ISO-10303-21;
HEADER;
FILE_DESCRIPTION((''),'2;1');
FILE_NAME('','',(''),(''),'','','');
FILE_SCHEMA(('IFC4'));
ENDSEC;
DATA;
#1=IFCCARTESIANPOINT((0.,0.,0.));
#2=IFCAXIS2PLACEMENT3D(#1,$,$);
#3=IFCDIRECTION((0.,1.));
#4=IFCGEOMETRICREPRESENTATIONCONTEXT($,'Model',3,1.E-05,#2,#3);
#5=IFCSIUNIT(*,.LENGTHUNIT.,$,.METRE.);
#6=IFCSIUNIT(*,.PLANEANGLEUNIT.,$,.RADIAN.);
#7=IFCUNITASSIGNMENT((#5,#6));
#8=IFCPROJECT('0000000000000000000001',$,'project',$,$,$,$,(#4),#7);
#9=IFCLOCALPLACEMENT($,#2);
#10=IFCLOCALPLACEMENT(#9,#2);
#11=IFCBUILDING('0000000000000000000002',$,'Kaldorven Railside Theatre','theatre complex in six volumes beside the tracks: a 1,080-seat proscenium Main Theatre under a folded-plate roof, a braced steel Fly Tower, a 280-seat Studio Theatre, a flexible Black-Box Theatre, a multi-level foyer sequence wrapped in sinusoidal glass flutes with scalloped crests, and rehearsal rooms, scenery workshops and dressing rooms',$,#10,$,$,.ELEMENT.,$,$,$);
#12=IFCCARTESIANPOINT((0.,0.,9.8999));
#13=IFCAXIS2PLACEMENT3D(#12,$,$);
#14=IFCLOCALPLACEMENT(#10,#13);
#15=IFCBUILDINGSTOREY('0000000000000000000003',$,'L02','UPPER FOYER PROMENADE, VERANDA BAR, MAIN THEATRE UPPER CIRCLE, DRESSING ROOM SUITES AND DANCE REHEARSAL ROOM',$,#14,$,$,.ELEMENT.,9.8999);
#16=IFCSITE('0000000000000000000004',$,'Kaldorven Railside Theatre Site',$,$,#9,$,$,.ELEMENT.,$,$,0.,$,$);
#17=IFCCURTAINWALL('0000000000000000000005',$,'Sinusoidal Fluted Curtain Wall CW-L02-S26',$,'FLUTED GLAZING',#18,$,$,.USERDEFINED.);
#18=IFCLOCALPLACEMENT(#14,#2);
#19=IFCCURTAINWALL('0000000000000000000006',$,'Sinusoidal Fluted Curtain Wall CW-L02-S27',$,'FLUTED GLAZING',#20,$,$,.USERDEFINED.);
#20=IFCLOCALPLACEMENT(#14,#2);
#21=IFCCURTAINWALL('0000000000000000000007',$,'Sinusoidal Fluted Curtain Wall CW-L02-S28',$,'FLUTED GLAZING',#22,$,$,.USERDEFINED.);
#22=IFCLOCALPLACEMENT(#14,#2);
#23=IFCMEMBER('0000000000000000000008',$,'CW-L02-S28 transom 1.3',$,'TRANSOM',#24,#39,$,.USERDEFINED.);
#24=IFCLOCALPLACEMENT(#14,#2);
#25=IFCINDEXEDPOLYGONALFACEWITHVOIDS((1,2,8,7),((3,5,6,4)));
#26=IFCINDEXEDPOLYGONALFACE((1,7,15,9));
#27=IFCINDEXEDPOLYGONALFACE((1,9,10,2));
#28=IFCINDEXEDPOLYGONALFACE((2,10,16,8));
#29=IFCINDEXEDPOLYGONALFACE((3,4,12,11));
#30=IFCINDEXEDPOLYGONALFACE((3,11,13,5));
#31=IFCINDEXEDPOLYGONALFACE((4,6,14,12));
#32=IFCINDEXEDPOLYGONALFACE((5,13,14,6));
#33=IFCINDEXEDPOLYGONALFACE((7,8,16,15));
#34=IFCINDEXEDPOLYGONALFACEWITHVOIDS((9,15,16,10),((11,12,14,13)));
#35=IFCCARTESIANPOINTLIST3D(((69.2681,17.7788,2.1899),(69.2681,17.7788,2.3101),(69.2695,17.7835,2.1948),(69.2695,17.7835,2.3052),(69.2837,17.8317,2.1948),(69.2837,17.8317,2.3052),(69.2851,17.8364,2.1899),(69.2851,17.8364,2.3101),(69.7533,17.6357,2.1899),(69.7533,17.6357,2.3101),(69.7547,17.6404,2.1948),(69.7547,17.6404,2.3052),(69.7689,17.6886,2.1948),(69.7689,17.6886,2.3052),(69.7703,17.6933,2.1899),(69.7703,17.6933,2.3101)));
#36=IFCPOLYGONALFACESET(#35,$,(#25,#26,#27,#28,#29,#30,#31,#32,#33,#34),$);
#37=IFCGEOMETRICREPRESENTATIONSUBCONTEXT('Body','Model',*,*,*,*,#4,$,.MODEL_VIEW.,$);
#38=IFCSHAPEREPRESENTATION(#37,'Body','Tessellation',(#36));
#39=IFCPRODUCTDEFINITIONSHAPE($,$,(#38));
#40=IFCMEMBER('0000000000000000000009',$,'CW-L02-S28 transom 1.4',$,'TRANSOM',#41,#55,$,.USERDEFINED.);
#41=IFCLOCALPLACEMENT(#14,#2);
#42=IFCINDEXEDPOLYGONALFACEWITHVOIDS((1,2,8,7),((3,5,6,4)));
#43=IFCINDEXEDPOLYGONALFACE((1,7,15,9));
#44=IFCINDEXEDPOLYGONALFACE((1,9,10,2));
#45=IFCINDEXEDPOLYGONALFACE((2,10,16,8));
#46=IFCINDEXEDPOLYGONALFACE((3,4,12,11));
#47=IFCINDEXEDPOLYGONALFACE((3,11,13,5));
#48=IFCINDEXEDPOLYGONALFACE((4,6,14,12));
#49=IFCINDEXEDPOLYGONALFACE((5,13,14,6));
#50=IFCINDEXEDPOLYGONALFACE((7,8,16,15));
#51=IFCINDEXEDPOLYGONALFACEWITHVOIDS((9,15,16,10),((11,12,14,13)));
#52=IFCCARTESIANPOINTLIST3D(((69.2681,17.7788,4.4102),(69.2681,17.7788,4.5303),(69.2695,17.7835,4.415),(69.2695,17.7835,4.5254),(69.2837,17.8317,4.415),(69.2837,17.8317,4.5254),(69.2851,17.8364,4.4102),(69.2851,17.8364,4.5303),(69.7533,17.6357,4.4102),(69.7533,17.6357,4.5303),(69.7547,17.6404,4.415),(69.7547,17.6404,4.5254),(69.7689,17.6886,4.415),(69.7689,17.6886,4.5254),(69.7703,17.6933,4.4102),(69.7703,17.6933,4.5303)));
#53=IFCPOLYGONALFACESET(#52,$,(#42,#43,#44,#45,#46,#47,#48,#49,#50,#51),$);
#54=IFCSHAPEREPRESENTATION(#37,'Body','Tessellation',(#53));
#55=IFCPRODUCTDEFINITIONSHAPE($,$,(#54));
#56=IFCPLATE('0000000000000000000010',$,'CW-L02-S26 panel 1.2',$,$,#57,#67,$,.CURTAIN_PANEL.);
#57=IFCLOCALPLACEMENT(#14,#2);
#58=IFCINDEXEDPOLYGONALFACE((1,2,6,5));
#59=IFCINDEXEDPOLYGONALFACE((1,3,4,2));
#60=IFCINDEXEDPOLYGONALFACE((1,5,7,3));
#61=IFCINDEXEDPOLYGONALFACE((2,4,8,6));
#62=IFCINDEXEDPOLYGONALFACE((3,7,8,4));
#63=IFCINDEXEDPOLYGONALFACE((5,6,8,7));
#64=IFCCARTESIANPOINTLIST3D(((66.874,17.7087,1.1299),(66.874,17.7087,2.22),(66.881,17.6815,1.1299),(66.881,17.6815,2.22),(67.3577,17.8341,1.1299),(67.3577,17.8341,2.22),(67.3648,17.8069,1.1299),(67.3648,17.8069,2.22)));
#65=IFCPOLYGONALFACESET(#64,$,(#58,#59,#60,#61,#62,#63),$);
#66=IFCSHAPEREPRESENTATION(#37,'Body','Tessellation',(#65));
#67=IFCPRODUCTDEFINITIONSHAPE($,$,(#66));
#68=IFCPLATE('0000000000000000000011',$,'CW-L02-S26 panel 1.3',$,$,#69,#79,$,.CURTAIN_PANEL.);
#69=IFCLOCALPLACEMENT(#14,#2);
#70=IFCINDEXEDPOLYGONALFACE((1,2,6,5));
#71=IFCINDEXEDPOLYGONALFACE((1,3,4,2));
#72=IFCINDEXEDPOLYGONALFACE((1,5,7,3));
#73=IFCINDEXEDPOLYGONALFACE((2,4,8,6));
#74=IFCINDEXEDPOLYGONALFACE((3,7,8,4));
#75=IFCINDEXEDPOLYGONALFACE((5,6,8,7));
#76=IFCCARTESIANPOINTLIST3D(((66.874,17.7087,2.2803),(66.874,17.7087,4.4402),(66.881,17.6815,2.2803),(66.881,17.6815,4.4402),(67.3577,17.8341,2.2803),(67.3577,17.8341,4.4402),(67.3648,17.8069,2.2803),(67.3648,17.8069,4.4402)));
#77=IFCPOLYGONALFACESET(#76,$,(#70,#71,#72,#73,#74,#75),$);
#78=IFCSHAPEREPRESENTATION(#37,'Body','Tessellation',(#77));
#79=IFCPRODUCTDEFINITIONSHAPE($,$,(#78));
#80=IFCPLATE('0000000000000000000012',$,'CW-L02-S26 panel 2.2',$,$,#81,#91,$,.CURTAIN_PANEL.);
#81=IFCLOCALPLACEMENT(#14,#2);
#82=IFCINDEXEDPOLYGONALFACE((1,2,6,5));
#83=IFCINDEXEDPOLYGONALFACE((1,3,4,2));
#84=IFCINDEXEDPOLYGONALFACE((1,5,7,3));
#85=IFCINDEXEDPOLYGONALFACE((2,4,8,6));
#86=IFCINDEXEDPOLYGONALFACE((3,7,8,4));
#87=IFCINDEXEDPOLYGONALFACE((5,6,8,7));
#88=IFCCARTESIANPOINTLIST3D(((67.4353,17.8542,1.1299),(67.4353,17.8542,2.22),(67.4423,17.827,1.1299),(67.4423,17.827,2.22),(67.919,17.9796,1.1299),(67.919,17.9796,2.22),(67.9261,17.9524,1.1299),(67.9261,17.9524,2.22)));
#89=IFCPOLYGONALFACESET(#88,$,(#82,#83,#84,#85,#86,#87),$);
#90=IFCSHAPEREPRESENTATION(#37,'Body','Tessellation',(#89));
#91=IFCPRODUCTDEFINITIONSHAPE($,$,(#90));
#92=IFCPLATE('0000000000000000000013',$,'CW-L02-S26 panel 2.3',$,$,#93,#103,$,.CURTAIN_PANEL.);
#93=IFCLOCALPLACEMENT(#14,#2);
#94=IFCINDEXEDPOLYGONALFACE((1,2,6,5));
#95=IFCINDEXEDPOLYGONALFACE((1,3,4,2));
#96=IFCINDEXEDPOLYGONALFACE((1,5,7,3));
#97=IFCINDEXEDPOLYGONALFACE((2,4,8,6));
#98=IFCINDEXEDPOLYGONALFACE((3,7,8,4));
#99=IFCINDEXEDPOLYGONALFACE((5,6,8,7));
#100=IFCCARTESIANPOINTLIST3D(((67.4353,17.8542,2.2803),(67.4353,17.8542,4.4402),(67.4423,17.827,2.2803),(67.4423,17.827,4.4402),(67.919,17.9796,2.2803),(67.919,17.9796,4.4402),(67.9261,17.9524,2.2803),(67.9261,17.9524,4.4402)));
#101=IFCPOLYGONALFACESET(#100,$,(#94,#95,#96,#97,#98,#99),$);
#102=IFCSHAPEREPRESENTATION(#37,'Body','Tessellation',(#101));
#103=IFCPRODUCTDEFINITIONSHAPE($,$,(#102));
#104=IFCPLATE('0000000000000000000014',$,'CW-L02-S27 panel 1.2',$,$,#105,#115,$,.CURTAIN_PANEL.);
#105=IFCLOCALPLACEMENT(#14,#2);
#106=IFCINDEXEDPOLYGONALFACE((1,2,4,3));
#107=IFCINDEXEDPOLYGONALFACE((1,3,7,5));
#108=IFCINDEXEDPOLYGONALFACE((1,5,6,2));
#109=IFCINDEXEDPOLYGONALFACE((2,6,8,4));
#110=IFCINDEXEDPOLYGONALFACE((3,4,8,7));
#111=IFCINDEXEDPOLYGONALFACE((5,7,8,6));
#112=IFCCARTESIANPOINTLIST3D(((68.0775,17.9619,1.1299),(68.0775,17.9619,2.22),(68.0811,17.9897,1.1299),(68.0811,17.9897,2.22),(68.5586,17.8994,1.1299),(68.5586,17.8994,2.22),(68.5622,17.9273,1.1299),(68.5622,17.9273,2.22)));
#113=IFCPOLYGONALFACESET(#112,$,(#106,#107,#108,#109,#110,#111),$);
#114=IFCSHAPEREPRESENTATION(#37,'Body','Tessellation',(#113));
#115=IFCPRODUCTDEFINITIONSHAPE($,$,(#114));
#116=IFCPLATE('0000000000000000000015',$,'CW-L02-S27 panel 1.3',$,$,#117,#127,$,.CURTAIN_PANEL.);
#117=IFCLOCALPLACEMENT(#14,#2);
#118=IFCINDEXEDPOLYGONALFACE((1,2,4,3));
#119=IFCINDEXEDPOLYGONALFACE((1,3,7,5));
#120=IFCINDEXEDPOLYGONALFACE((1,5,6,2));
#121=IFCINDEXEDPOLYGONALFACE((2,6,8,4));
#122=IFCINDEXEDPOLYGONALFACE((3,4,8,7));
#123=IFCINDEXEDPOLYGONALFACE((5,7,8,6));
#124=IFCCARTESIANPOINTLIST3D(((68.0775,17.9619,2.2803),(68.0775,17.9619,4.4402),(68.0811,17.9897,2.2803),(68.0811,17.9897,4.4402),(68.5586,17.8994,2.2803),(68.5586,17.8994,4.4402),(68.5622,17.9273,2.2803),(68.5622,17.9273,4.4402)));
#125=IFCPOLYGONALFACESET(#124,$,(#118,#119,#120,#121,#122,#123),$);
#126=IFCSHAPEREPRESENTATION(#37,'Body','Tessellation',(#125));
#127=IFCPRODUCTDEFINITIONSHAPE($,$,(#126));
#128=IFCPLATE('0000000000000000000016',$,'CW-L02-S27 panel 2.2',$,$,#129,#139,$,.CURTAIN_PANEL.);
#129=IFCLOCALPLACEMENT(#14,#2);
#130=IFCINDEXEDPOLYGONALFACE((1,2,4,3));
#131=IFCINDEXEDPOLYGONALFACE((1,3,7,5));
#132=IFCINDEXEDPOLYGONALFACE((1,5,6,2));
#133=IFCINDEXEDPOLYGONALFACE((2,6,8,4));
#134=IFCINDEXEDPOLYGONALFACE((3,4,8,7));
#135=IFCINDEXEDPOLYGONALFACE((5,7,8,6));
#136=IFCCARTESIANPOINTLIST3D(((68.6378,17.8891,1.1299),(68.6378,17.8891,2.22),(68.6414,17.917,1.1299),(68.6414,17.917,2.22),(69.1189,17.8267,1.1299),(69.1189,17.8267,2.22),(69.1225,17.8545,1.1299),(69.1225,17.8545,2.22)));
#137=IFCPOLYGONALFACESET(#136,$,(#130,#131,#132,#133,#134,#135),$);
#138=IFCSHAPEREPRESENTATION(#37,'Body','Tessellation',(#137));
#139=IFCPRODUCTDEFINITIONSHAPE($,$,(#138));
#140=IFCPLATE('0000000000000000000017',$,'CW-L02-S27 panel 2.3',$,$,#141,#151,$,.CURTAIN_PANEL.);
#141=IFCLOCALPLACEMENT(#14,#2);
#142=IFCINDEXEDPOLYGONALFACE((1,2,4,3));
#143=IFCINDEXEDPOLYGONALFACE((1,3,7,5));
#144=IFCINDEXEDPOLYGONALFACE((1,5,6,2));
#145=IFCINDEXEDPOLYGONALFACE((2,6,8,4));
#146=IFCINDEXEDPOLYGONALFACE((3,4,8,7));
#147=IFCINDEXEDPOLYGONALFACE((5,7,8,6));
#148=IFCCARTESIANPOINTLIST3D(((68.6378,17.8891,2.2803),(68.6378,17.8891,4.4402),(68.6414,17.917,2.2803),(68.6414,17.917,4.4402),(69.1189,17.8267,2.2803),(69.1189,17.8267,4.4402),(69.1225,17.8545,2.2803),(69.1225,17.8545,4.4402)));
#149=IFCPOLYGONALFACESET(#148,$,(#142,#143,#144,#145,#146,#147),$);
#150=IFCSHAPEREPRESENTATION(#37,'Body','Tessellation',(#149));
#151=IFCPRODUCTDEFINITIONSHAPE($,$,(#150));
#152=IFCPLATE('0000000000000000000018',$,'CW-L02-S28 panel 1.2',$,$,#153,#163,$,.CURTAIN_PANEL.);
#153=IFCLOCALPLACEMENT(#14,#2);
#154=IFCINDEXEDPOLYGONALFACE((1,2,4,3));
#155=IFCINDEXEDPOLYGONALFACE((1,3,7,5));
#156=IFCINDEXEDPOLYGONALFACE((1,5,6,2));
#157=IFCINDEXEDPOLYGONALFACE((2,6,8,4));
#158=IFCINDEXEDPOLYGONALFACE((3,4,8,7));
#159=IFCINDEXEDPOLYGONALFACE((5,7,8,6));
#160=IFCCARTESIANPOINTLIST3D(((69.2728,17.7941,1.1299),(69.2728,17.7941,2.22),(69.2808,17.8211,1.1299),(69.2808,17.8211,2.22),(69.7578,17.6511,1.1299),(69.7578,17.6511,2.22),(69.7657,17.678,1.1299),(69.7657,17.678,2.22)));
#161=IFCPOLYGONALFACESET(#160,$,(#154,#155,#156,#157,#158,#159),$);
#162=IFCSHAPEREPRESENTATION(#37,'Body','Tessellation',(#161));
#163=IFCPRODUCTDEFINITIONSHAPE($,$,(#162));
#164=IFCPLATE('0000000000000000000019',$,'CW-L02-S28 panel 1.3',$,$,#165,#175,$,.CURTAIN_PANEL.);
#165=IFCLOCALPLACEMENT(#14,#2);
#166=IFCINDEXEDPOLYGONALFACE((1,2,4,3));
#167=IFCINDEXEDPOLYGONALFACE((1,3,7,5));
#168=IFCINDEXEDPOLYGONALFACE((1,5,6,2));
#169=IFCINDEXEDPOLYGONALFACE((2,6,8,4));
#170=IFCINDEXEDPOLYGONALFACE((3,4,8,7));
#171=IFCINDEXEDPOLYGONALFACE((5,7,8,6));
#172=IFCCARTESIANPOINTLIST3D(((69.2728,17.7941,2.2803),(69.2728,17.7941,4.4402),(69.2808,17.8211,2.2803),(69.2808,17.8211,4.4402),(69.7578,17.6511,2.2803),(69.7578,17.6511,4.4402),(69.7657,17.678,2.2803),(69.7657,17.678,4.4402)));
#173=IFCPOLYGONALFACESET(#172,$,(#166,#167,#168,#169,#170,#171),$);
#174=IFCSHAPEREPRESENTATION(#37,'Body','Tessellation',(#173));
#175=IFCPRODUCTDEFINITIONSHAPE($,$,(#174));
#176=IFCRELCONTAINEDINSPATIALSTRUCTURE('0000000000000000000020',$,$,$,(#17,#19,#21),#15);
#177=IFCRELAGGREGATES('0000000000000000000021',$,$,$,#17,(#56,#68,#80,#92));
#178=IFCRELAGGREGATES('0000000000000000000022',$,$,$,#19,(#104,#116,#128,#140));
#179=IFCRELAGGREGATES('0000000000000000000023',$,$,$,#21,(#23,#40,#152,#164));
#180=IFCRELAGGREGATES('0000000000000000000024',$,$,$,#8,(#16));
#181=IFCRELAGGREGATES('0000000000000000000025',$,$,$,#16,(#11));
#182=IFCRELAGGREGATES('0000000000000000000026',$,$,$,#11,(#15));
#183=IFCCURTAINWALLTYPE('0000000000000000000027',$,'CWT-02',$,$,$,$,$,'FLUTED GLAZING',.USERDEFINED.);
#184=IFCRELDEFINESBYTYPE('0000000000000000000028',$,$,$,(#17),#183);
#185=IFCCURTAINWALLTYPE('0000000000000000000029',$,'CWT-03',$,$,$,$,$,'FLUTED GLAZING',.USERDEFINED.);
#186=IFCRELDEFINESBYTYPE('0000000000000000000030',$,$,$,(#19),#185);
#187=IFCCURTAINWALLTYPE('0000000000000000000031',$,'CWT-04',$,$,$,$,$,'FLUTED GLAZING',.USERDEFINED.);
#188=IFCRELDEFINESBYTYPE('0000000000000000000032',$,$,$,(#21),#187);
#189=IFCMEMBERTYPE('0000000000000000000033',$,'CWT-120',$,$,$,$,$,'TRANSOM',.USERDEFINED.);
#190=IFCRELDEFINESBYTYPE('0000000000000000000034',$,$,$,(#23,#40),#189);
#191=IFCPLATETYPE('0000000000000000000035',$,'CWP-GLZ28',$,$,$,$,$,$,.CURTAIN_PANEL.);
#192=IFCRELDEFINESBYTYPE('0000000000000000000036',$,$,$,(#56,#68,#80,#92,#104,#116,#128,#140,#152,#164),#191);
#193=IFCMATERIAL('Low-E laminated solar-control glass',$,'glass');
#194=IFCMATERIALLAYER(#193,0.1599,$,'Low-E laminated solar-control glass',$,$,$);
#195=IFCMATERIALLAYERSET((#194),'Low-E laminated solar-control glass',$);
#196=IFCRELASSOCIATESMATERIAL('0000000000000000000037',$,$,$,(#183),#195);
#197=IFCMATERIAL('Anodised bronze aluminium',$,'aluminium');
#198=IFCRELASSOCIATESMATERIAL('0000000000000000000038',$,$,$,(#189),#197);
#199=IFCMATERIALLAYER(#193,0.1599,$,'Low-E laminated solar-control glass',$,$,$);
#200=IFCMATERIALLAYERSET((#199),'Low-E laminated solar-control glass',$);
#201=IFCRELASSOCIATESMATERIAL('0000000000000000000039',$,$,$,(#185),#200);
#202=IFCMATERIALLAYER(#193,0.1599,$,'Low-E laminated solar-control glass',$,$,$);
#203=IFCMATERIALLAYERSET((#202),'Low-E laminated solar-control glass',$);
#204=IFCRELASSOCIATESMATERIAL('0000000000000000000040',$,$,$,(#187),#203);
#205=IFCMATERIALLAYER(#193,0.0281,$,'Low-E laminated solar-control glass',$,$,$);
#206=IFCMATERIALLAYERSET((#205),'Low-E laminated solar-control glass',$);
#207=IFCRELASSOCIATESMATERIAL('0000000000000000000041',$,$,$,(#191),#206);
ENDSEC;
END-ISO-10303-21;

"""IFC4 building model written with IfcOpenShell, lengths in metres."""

from ifc_helpers import new_model, si_unit, direction, frame, origin, origin_2d, place, context, subcontext, project, spatial, rectangle, hollow_rectangle, extrude, material, layer, layer_set, material_profile, profile_set, type_object, element, aggregate, save


model = new_model("IFC4")

# Units and contexts
model_context = context("Model", 3, precision=1e-05, world=origin(), true_north=direction((0.0, 1.0)))
body_context = subcontext(model_context, "Body", "Model", "MODEL_VIEW")
ifc_project = project(units=[si_unit("LENGTHUNIT", "METRE"), si_unit("PLANEANGLEUNIT", "RADIAN")], contexts=[model_context])

# Site, building, storey
site_placement = place(None, origin())
site = spatial("IfcSite", under=ifc_project, at=site_placement, Name="Kaldorven Railside Theatre Site", CompositionType="ELEMENT", RefElevation=0.0)
building_placement = place(site_placement, origin())
building = spatial("IfcBuilding", under=site, at=building_placement, Name="Kaldorven Railside Theatre", Description="theatre complex in six volumes beside the tracks: a 1,080-seat proscenium Main Theatre under a folded-plate roof, a braced steel Fly Tower, a 280-seat Studio Theatre, a flexible Black-Box Theatre, a multi-level foyer sequence wrapped in sinusoidal glass flutes with scalloped crests, and rehearsal rooms, scenery workshops and dressing rooms", CompositionType="ELEMENT")
storey_placement = place(building_placement, frame((0.0, 0.0, 9.8999)))
storey = spatial("IfcBuildingStorey", under=building, at=storey_placement, Name="L02", Description="UPPER FOYER PROMENADE, VERANDA BAR, MAIN THEATRE UPPER CIRCLE, DRESSING ROOM SUITES AND DANCE REHEARSAL ROOM", CompositionType="ELEMENT", Elevation=9.8999)

# Curtain walls, members
ifc_material_1 = material(Name="Low-E laminated solar-control glass", Category="glass")
ifc_layer_1 = layer(ifc_material_1, 0.1599, Name="Low-E laminated solar-control glass")
ifc_layer_set_1 = layer_set([ifc_layer_1], Name="Low-E laminated solar-control glass")
curtain_wall_type_1 = type_object("IfcCurtainWallType", Name="CWT-02", ElementType="FLUTED GLAZING", PredefinedType="USERDEFINED", material=ifc_layer_set_1)
curtain_wall_1_placement = place(storey_placement, origin())
curtain_wall_1 = element("IfcCurtainWall", 1, at=curtain_wall_1_placement, inside=storey, type_object=curtain_wall_type_1, Name="Sinusoidal Fluted Curtain Wall CW-L02-S26", ObjectType="FLUTED GLAZING", PredefinedType="USERDEFINED")
ifc_material_2 = material(Name="Anodised bronze aluminium", Category="aluminium")
ifc_material_profile = material_profile(ifc_material_2, hollow_rectangle(XDim=0.0601, YDim=0.1201, WallThickness=0.0049, at=origin_2d()), Name="RHS 120x60x5")
ifc_profile_set = profile_set([ifc_material_profile], Name="Anodised bronze aluminium")
member_type = type_object("IfcMemberType", Name="CWT-120", ElementType="TRANSOM", PredefinedType="USERDEFINED", material=ifc_profile_set)
ifc_layer_2 = layer(ifc_material_1, 0.1599, Name="Low-E laminated solar-control glass")
ifc_layer_set_2 = layer_set([ifc_layer_2], Name="Low-E laminated solar-control glass")
curtain_wall_type_2 = type_object("IfcCurtainWallType", Name="CWT-03", ElementType="FLUTED GLAZING", PredefinedType="USERDEFINED", material=ifc_layer_set_2)
curtain_wall_2_placement = place(storey_placement, origin())
curtain_wall_2 = element("IfcCurtainWall", 2, at=curtain_wall_2_placement, inside=storey, type_object=curtain_wall_type_2, Name="Sinusoidal Fluted Curtain Wall CW-L02-S27", ObjectType="FLUTED GLAZING", PredefinedType="USERDEFINED")
ifc_layer_3 = layer(ifc_material_1, 0.1599, Name="Low-E laminated solar-control glass")
ifc_layer_set_3 = layer_set([ifc_layer_3], Name="Low-E laminated solar-control glass")
curtain_wall_type_3 = type_object("IfcCurtainWallType", Name="CWT-04", ElementType="FLUTED GLAZING", PredefinedType="USERDEFINED", material=ifc_layer_set_3)
curtain_wall_3_placement = place(storey_placement, origin())
curtain_wall_3 = element("IfcCurtainWall", 3, at=curtain_wall_3_placement, inside=storey, type_object=curtain_wall_type_3, Name="Sinusoidal Fluted Curtain Wall CW-L02-S28", ObjectType="FLUTED GLAZING", PredefinedType="USERDEFINED")
member_1_placement = place(storey_placement, frame((69.2766, 17.8076, 2.25), z_axis=(0.959158, -0.282872, 0.0), x_axis=(0.282872, 0.959158, 0.0)))
member_1 = element("IfcMember", 4, at=member_1_placement, type_object=member_type, Name="CW-L02-S28 transom 1.3", ObjectType="TRANSOM", PredefinedType="USERDEFINED", context=body_context, shape_type="SweptSolid", body=[
    extrude(hollow_rectangle(XDim=0.0601, YDim=0.1201, WallThickness=0.0049, at=origin_2d()), origin(), (0.0, 0.0, 1.0), 0.5059),
])
member_2_placement = place(storey_placement, frame((69.2766, 17.8076, 4.4702), z_axis=(0.959158, -0.282872, 0.0), x_axis=(0.282872, 0.959158, 0.0)))
member_2 = element("IfcMember", 5, at=member_2_placement, type_object=member_type, Name="CW-L02-S28 transom 1.4", ObjectType="TRANSOM", PredefinedType="USERDEFINED", context=body_context, shape_type="SweptSolid", body=[
    extrude(hollow_rectangle(XDim=0.0601, YDim=0.1201, WallThickness=0.0049, at=origin_2d()), origin(), (0.0, 0.0, 1.0), 0.5059),
])

# Plates
ifc_layer_4 = layer(ifc_material_1, 0.0281, Name="Low-E laminated solar-control glass")
ifc_layer_set_4 = layer_set([ifc_layer_4], Name="Low-E laminated solar-control glass")
plate_type = type_object("IfcPlateType", Name="CWP-GLZ28", PredefinedType="CURTAIN_PANEL", material=ifc_layer_set_4)
plate_1_placement = place(storey_placement, frame((67.1194, 17.7578, 1.1299), z_axis=(0.0, 0.0, 1.0), x_axis=(0.967999, 0.250954, 0.0)))
plate_1 = element("IfcPlate", 6, at=plate_1_placement, type_object=plate_type, Name="CW-L02-S26 panel 1.2", PredefinedType="CURTAIN_PANEL", context=body_context, shape_type="SweptSolid", body=[
    extrude(rectangle(XDim=0.4998, YDim=0.0281, at=origin_2d()), origin(), (0.0, 0.0, 1.0), 1.0901),
])
plate_2_placement = place(storey_placement, frame((67.1194, 17.7578, 2.2803), z_axis=(0.0, 0.0, 1.0), x_axis=(0.967999, 0.250954, 0.0)))
plate_2 = element("IfcPlate", 7, at=plate_2_placement, type_object=plate_type, Name="CW-L02-S26 panel 1.3", PredefinedType="CURTAIN_PANEL", context=body_context, shape_type="SweptSolid", body=[
    extrude(rectangle(XDim=0.4998, YDim=0.0281, at=origin_2d()), origin(), (0.0, 0.0, 1.0), 2.1599),
])
plate_3_placement = place(storey_placement, frame((67.6807, 17.9033, 1.1299), z_axis=(0.0, 0.0, 1.0), x_axis=(0.967999, 0.250954, 0.0)))
plate_3 = element("IfcPlate", 8, at=plate_3_placement, type_object=plate_type, Name="CW-L02-S26 panel 2.2", PredefinedType="CURTAIN_PANEL", context=body_context, shape_type="SweptSolid", body=[
    extrude(rectangle(XDim=0.4998, YDim=0.0281, at=origin_2d()), origin(), (0.0, 0.0, 1.0), 1.0901),
])
plate_4_placement = place(storey_placement, frame((67.6807, 17.9033, 2.2803), z_axis=(0.0, 0.0, 1.0), x_axis=(0.967999, 0.250954, 0.0)))
plate_4 = element("IfcPlate", 9, at=plate_4_placement, type_object=plate_type, Name="CW-L02-S26 panel 2.3", PredefinedType="CURTAIN_PANEL", context=body_context, shape_type="SweptSolid", body=[
    extrude(rectangle(XDim=0.4998, YDim=0.0281, at=origin_2d()), origin(), (0.0, 0.0, 1.0), 2.1599),
])
aggregate(curtain_wall_1, [plate_1, plate_2, plate_3, plate_4])
plate_5_placement = place(storey_placement, frame((68.3198, 17.9446, 1.1299), z_axis=(0.0, 0.0, 1.0), x_axis=(0.991677, -0.128753, 0.0)))
plate_5 = element("IfcPlate", 10, at=plate_5_placement, type_object=plate_type, Name="CW-L02-S27 panel 1.2", PredefinedType="CURTAIN_PANEL", context=body_context, shape_type="SweptSolid", body=[
    extrude(rectangle(XDim=0.4851, YDim=0.0281, at=origin_2d()), origin(), (0.0, 0.0, 1.0), 1.0901),
])
plate_6_placement = place(storey_placement, frame((68.3198, 17.9446, 2.2803), z_axis=(0.0, 0.0, 1.0), x_axis=(0.991677, -0.128753, 0.0)))
plate_6 = element("IfcPlate", 11, at=plate_6_placement, type_object=plate_type, Name="CW-L02-S27 panel 1.3", PredefinedType="CURTAIN_PANEL", context=body_context, shape_type="SweptSolid", body=[
    extrude(rectangle(XDim=0.4851, YDim=0.0281, at=origin_2d()), origin(), (0.0, 0.0, 1.0), 2.1599),
])
plate_7_placement = place(storey_placement, frame((68.8801, 17.8718, 1.1299), z_axis=(0.0, 0.0, 1.0), x_axis=(0.991677, -0.128753, 0.0)))
plate_7 = element("IfcPlate", 12, at=plate_7_placement, type_object=plate_type, Name="CW-L02-S27 panel 2.2", PredefinedType="CURTAIN_PANEL", context=body_context, shape_type="SweptSolid", body=[
    extrude(rectangle(XDim=0.4851, YDim=0.0281, at=origin_2d()), origin(), (0.0, 0.0, 1.0), 1.0901),
])
plate_8_placement = place(storey_placement, frame((68.8801, 17.8718, 2.2803), z_axis=(0.0, 0.0, 1.0), x_axis=(0.991677, -0.128753, 0.0)))
plate_8 = element("IfcPlate", 13, at=plate_8_placement, type_object=plate_type, Name="CW-L02-S27 panel 2.3", PredefinedType="CURTAIN_PANEL", context=body_context, shape_type="SweptSolid", body=[
    extrude(rectangle(XDim=0.4851, YDim=0.0281, at=origin_2d()), origin(), (0.0, 0.0, 1.0), 2.1599),
])
aggregate(curtain_wall_2, [plate_5, plate_6, plate_7, plate_8])
plate_9_placement = place(storey_placement, frame((69.5193, 17.7361, 1.1299), z_axis=(0.0, 0.0, 1.0), x_axis=(0.959158, -0.282872, 0.0)))
plate_9 = element("IfcPlate", 14, at=plate_9_placement, type_object=plate_type, Name="CW-L02-S28 panel 1.2", PredefinedType="CURTAIN_PANEL", context=body_context, shape_type="SweptSolid", body=[
    extrude(rectangle(XDim=0.5056, YDim=0.0281, at=origin_2d()), origin(), (0.0, 0.0, 1.0), 1.0901),
])
plate_10_placement = place(storey_placement, frame((69.5193, 17.7361, 2.2803), z_axis=(0.0, 0.0, 1.0), x_axis=(0.959158, -0.282872, 0.0)))
plate_10 = element("IfcPlate", 15, at=plate_10_placement, type_object=plate_type, Name="CW-L02-S28 panel 1.3", PredefinedType="CURTAIN_PANEL", context=body_context, shape_type="SweptSolid", body=[
    extrude(rectangle(XDim=0.5056, YDim=0.0281, at=origin_2d()), origin(), (0.0, 0.0, 1.0), 2.1599),
])
aggregate(curtain_wall_3, [member_1, member_2, plate_9, plate_10])

save(model, "model.ifc")
